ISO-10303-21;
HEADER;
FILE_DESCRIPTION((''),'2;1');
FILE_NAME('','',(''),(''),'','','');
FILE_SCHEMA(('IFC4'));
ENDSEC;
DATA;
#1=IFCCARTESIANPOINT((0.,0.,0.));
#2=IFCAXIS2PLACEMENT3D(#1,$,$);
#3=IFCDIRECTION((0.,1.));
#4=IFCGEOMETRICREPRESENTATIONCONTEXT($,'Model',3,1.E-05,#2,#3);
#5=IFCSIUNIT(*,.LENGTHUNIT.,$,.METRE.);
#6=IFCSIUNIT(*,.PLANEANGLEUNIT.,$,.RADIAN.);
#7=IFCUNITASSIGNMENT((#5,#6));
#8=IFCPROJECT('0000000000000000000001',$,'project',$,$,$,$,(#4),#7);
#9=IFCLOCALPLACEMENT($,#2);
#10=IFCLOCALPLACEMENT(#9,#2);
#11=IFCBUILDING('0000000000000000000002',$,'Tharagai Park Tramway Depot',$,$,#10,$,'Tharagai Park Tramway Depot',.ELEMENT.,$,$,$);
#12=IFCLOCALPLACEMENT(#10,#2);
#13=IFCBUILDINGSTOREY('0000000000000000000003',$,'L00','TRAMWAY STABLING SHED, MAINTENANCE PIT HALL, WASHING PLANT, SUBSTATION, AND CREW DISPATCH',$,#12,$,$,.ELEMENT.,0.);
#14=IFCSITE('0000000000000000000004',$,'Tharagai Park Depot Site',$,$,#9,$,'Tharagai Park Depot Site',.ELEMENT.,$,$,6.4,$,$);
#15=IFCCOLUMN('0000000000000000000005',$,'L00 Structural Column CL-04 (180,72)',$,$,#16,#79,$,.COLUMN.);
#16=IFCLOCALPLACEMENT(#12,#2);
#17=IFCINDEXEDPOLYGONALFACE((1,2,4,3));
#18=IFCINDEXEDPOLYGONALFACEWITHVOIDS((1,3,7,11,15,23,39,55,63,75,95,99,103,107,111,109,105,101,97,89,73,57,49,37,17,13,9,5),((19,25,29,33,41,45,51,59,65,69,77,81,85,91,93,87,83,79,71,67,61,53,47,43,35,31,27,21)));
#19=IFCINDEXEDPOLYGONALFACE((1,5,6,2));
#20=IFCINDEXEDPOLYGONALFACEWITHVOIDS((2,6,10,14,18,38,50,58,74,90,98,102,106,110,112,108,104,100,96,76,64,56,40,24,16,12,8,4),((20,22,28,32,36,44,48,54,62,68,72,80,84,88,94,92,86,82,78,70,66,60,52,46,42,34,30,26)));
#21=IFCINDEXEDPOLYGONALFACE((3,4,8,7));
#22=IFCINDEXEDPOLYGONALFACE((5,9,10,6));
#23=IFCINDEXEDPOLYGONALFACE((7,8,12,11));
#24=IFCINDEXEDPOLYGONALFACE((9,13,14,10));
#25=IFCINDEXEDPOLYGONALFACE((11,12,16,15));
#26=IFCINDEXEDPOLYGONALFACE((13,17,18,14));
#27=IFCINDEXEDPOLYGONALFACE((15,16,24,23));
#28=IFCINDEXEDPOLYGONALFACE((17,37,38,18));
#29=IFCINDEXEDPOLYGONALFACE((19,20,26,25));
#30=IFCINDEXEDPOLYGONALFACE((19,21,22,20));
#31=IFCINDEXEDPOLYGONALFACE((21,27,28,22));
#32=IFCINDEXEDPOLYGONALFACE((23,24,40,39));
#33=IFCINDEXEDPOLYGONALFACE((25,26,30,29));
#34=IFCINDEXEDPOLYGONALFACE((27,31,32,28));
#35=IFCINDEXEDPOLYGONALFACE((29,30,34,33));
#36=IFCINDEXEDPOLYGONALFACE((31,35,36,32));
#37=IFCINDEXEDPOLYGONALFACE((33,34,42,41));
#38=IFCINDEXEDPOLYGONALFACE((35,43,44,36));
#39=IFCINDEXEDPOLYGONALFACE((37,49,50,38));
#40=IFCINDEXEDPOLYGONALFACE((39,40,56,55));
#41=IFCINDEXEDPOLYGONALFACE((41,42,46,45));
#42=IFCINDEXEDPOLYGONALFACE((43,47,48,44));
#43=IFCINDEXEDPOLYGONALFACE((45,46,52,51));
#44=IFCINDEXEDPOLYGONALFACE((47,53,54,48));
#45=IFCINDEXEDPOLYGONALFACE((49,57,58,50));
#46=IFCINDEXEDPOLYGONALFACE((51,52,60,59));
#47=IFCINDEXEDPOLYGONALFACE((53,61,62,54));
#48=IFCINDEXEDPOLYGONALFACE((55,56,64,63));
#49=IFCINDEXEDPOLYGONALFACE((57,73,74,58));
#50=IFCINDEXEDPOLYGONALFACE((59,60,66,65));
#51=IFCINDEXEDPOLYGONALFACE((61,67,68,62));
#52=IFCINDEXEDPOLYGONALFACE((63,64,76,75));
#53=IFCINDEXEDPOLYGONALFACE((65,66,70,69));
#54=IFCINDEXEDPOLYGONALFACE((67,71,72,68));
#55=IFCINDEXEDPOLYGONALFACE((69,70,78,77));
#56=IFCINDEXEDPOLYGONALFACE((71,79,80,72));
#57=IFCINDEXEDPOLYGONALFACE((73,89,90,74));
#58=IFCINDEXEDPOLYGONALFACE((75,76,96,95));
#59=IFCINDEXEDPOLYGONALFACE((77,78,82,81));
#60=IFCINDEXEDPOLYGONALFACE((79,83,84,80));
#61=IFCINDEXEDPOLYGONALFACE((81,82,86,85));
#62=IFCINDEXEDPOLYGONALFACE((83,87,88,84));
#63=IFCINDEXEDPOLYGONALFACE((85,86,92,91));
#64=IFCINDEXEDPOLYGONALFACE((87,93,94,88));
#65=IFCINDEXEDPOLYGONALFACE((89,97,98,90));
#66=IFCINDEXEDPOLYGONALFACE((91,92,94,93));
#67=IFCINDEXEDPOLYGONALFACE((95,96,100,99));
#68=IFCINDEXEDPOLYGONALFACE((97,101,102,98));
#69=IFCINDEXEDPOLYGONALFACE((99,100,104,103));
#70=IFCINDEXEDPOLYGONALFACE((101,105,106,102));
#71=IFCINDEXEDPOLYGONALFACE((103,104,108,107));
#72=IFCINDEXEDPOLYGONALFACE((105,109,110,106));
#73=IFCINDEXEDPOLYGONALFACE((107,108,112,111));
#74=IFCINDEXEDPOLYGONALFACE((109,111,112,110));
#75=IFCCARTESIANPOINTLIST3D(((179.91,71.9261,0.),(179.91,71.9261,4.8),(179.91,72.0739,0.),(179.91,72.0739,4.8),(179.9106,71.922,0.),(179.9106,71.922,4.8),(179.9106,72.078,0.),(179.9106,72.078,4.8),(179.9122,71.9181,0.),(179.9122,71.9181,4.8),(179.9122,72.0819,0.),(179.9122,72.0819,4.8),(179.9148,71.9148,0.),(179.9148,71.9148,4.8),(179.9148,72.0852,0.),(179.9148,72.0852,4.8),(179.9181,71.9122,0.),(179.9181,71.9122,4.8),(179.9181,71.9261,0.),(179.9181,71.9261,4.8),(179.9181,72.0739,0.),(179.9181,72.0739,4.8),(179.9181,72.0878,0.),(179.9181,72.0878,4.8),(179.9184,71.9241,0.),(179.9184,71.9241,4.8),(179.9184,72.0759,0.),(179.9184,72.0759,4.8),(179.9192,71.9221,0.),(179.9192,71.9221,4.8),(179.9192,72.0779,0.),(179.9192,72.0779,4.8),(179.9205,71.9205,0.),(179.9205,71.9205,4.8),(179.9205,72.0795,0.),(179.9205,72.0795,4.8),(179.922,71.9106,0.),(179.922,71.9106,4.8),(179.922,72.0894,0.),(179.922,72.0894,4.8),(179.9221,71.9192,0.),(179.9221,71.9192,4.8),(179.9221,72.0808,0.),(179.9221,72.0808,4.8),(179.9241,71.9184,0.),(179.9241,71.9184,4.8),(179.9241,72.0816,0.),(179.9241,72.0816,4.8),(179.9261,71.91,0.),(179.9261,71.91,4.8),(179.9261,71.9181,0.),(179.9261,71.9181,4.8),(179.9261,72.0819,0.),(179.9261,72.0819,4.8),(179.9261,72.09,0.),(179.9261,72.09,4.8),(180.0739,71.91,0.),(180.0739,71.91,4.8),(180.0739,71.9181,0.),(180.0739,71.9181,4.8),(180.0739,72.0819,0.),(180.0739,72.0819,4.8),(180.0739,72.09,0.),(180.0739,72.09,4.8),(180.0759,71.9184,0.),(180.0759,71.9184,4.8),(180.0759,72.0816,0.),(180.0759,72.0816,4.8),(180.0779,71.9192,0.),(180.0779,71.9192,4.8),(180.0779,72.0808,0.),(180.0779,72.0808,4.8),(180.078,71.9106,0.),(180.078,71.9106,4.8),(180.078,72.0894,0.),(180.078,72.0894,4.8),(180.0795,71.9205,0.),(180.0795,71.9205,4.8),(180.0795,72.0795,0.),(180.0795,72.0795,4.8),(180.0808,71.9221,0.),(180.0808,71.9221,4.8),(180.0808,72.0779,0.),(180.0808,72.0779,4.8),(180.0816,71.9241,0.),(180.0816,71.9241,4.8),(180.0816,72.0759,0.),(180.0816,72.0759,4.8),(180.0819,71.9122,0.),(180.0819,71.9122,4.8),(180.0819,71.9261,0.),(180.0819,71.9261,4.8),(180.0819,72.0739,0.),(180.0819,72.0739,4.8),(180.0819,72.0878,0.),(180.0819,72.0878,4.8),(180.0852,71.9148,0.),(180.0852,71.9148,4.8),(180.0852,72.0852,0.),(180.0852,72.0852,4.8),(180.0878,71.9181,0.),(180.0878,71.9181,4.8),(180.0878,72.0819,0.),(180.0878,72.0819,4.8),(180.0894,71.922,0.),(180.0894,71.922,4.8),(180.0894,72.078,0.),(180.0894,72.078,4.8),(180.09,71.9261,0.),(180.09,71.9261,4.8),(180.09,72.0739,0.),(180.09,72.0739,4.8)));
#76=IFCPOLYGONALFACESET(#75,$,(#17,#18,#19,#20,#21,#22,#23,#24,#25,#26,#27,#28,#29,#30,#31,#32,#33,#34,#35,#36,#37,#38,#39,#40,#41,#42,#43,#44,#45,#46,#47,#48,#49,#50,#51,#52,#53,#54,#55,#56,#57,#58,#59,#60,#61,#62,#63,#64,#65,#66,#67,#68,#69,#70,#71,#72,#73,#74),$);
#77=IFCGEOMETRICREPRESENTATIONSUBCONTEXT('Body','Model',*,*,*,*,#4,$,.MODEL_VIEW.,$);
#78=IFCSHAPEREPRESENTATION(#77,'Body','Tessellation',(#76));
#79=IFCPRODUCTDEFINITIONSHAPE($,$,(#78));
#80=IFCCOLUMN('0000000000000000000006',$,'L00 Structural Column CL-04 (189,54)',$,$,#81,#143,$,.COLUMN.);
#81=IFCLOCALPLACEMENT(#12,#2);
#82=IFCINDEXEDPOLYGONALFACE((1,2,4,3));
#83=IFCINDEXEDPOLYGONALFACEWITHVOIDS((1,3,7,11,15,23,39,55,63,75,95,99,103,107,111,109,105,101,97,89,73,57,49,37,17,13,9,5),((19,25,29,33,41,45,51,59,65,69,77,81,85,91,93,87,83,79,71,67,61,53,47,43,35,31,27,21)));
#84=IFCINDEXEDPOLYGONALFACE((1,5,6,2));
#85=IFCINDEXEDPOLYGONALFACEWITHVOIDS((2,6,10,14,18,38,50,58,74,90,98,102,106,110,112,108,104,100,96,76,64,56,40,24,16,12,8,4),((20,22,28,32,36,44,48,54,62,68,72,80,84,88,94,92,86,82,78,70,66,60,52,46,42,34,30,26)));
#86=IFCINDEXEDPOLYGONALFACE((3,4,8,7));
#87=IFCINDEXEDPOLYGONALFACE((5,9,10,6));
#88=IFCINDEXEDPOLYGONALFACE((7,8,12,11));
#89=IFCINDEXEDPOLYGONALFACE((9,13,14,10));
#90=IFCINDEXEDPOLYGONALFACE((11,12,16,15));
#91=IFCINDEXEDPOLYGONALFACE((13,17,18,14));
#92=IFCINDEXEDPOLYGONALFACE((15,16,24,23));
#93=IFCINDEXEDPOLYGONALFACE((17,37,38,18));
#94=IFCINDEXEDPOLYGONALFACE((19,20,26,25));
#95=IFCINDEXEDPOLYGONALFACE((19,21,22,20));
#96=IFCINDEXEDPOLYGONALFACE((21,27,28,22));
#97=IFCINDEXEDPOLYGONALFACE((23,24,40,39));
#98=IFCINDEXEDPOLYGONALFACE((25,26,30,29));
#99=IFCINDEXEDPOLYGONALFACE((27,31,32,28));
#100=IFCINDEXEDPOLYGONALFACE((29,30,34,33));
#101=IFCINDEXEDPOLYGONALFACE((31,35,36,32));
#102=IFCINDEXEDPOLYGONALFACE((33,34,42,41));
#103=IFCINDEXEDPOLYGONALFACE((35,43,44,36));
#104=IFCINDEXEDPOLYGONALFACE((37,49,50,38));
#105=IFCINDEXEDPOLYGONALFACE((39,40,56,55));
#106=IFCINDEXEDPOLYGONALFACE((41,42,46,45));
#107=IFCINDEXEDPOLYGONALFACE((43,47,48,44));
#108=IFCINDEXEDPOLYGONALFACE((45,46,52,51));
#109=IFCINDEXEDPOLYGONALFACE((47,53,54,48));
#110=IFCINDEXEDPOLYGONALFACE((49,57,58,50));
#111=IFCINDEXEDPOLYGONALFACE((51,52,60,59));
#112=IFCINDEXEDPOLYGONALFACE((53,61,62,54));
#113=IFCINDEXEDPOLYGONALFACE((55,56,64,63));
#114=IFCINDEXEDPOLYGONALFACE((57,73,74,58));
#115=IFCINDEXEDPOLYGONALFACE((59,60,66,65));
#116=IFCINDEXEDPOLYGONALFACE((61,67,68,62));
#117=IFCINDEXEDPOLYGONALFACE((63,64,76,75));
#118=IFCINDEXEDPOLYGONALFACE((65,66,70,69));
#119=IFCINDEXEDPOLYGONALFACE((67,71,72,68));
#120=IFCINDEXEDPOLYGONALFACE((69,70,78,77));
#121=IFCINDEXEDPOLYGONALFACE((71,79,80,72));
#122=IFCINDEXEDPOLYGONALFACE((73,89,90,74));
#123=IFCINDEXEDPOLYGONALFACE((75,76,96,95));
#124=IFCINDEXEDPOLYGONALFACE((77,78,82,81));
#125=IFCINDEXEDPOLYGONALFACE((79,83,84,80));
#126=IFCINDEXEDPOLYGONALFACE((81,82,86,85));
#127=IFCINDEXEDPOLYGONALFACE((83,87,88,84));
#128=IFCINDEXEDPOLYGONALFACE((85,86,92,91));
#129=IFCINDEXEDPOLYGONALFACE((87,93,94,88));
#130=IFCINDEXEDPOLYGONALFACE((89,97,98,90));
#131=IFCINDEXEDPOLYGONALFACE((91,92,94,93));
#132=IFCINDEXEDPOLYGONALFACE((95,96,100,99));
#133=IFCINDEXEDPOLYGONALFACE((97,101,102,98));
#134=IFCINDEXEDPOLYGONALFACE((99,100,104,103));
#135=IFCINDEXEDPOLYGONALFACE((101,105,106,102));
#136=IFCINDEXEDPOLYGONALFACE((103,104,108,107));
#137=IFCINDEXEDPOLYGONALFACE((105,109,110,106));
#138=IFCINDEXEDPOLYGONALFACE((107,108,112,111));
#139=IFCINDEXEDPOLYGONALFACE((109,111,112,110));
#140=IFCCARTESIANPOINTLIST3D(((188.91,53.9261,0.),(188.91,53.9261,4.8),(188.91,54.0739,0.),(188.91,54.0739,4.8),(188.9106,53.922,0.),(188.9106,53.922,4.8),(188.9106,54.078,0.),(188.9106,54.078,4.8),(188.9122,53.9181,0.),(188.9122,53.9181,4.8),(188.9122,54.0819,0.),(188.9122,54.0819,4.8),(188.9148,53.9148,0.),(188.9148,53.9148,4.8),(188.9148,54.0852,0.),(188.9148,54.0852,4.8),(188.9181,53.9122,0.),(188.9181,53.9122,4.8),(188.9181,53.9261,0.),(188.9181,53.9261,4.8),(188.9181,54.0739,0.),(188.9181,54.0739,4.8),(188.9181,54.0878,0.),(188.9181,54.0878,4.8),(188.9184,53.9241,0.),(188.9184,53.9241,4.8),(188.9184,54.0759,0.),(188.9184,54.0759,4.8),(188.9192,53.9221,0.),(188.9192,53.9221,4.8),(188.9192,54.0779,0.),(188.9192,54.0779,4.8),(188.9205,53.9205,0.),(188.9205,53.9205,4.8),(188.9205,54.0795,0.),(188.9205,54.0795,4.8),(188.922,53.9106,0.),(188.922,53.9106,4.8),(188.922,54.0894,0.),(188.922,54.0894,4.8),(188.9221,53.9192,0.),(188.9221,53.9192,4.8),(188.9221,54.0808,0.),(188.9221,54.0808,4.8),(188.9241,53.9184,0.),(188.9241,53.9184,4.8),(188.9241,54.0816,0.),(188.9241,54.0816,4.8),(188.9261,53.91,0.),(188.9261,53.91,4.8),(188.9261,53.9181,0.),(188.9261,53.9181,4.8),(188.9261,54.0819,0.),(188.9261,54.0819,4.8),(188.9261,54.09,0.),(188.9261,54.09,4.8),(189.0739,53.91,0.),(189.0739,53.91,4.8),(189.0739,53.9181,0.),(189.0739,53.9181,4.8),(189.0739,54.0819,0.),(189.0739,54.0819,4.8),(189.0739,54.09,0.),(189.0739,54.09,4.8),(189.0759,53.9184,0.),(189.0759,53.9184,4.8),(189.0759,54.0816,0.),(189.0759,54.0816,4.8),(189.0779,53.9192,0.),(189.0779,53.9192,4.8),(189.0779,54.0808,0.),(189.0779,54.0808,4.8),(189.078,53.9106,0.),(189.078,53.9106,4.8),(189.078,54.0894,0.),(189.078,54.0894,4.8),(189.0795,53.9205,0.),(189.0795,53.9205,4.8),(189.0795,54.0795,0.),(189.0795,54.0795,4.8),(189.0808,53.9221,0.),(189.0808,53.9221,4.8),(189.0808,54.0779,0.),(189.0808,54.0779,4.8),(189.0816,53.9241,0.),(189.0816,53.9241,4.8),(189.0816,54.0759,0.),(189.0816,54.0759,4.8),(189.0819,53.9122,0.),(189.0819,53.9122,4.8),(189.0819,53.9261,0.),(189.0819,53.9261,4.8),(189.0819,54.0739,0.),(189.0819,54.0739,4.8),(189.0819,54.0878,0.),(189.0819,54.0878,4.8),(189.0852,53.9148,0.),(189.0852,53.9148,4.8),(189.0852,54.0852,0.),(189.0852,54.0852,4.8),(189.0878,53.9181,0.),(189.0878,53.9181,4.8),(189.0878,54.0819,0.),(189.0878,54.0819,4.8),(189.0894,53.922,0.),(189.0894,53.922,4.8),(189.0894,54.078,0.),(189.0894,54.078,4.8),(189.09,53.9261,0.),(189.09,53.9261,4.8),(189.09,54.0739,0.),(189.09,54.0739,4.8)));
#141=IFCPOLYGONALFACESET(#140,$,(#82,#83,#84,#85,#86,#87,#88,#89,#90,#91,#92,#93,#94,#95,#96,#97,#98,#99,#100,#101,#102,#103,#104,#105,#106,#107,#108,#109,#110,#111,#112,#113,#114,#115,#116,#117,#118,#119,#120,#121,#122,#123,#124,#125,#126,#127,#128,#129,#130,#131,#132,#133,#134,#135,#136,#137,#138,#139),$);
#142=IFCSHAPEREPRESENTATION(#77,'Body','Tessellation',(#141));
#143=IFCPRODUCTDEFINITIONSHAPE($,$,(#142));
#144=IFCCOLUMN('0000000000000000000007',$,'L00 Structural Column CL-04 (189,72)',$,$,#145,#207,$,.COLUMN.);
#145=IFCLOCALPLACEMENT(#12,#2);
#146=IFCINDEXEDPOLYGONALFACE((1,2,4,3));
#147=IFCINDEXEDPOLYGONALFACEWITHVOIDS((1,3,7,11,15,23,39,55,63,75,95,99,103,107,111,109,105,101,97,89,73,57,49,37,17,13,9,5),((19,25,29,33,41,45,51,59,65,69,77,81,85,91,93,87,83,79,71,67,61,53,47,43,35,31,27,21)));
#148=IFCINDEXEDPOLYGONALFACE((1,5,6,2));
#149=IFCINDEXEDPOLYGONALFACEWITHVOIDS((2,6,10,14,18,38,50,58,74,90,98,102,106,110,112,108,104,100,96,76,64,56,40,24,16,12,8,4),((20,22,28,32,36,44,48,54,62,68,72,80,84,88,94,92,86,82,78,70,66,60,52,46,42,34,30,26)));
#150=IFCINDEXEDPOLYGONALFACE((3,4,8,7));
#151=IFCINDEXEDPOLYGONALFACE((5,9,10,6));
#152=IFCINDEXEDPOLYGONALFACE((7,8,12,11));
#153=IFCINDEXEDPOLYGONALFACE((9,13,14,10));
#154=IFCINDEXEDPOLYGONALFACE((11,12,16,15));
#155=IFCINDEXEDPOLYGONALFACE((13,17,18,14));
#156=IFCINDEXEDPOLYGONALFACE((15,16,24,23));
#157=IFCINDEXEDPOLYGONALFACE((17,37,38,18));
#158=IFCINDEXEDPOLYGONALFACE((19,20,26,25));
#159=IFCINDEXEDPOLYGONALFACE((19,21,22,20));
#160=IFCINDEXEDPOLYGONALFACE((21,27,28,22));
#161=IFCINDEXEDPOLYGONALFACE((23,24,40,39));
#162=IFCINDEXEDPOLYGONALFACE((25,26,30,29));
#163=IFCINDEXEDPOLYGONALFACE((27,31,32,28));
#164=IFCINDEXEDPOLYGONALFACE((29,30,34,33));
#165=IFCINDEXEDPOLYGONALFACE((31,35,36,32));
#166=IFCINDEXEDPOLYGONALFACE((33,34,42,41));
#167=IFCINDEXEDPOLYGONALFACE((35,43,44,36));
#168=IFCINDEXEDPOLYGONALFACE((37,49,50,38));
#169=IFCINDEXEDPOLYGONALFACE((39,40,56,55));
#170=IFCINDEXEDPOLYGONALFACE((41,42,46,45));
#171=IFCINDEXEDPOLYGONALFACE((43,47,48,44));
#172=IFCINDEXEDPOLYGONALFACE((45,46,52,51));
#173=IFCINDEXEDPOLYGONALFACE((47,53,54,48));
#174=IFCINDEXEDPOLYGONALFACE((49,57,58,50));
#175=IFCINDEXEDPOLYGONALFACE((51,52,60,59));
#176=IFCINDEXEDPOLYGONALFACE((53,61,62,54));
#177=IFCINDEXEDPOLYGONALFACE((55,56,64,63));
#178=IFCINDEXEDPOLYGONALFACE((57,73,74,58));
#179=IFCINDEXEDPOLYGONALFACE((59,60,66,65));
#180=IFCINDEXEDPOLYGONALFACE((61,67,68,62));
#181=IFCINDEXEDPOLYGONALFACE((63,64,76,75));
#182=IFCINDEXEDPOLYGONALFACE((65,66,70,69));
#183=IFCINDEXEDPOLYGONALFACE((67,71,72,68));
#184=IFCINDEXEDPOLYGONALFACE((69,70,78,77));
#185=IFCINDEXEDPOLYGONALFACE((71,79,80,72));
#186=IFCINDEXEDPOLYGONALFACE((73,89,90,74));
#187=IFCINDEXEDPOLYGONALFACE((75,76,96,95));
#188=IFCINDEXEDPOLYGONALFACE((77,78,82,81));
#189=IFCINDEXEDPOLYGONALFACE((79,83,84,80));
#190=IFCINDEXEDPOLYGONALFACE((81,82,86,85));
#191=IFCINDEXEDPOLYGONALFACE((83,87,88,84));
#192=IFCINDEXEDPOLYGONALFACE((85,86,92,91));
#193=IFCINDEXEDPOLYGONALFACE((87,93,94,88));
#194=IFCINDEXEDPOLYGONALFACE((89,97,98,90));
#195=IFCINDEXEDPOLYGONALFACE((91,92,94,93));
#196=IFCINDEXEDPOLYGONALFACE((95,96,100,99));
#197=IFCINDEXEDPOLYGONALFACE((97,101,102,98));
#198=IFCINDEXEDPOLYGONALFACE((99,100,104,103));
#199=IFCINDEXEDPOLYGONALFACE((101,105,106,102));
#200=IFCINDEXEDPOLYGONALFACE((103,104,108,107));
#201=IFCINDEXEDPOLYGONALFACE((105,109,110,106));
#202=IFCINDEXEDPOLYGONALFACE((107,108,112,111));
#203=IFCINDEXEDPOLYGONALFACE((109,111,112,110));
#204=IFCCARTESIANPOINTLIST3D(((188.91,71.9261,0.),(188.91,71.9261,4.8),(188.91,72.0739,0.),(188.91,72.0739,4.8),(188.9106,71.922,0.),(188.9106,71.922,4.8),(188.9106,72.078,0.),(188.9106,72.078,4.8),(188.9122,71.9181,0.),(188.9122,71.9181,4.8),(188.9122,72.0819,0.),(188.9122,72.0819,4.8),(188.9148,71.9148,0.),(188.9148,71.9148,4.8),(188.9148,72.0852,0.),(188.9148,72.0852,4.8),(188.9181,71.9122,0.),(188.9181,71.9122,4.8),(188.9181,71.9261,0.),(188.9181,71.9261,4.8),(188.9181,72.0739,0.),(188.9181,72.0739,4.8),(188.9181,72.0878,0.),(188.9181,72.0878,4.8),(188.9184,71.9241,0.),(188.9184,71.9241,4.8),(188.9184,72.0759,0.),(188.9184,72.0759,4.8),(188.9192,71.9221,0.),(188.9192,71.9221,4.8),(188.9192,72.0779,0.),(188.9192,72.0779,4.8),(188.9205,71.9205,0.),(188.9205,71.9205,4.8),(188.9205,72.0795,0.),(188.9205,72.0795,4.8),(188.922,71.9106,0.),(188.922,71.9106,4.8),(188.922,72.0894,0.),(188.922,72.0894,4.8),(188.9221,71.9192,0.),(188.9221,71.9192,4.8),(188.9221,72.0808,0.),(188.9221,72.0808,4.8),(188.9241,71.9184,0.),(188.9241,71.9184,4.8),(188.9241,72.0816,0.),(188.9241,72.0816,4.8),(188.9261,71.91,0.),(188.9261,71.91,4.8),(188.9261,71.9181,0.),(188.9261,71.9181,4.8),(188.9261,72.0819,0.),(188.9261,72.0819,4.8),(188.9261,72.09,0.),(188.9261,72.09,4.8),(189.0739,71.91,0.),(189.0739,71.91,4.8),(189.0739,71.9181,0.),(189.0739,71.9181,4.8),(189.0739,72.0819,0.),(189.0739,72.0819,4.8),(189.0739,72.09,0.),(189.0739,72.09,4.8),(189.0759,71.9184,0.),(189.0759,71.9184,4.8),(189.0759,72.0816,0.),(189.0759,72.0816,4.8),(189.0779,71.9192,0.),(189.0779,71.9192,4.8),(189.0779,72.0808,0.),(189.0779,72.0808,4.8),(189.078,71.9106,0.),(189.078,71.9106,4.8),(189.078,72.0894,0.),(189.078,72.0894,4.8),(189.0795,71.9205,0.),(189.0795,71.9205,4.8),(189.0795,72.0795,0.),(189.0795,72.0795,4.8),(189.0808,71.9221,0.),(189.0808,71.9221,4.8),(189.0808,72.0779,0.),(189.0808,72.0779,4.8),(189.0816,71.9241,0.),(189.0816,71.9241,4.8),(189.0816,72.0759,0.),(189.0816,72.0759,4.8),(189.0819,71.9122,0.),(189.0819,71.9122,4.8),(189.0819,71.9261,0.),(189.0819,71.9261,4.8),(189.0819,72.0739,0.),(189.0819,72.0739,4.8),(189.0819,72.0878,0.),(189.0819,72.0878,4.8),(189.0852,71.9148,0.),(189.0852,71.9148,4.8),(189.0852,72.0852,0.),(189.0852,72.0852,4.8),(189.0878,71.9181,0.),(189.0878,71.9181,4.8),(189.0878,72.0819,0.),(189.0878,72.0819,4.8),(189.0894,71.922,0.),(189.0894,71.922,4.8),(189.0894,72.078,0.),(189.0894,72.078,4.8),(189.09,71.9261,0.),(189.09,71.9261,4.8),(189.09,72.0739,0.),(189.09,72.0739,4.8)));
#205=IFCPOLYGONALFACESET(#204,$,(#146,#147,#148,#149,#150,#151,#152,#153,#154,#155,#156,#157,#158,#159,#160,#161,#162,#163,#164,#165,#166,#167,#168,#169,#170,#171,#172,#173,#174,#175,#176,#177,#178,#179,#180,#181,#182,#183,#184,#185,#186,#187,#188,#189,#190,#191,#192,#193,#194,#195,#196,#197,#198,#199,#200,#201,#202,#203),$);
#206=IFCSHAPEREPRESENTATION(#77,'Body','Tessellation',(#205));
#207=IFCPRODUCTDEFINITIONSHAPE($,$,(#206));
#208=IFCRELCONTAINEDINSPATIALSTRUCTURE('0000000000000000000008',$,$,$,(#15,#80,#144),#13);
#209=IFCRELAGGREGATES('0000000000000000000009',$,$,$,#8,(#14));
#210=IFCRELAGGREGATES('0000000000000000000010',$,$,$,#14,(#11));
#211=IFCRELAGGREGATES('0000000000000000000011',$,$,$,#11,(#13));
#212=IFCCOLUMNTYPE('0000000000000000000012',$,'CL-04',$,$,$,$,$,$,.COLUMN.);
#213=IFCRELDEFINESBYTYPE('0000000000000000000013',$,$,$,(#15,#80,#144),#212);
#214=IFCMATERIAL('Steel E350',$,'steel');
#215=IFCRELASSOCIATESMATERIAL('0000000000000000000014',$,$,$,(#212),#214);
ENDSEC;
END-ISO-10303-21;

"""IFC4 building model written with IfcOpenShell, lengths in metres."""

from ifc_helpers import new_model, si_unit, direction, frame, origin, origin_2d, place, context, subcontext, project, spatial, hollow_rectangle, extrude, material, material_profile, profile_set, type_object, element, save


model = new_model("IFC4")

# Units and contexts
model_context = context("Model", 3, precision=1e-05, world=origin(), true_north=direction((0.0, 1.0)))
body_context = subcontext(model_context, "Body", "Model", "MODEL_VIEW")
ifc_project = project(units=[si_unit("LENGTHUNIT", "METRE"), si_unit("PLANEANGLEUNIT", "RADIAN")], contexts=[model_context])

# Site, building, storey
site_placement = place(None, origin())
site = spatial("IfcSite", under=ifc_project, at=site_placement, Name="Tharagai Park Depot Site", LongName="Tharagai Park Depot Site", CompositionType="ELEMENT", RefElevation=6.4)
building_placement = place(site_placement, origin())
building = spatial("IfcBuilding", under=site, at=building_placement, Name="Tharagai Park Tramway Depot", LongName="Tharagai Park Tramway Depot", CompositionType="ELEMENT")
storey_placement = place(building_placement, origin())
storey = spatial("IfcBuildingStorey", under=building, at=storey_placement, Name="L00", Description="TRAMWAY STABLING SHED, MAINTENANCE PIT HALL, WASHING PLANT, SUBSTATION, AND CREW DISPATCH", CompositionType="ELEMENT", Elevation=0.0)

# Columns
ifc_material_1 = material(Name="Steel E350", Category="steel")
ifc_material_profile_1 = material_profile(ifc_material_1, hollow_rectangle(XDim=0.1799, YDim=0.1799, WallThickness=0.0081, InnerFilletRadius=0.0081, OuterFilletRadius=0.0161, at=origin_2d()), Name="SHS 180x180x8")
ifc_profile_set_1 = profile_set([ifc_material_profile_1], Name="Steel E350")
column_type_1 = type_object("IfcColumnType", Name="CL-04", PredefinedType="COLUMN", material=ifc_profile_set_1)
for number, where, z_axis, x_axis, name in (
    (1, (180.0, 72.0, 0.0), (0.0, 0.0, 1.0), (1.0, 0.0, 0.0), "L00 Structural Column CL-04 (180,72)"),
    (2, (189.0, 54.0, 0.0), (0.0, 0.0, 1.0), (1.0, 0.0, 0.0), "L00 Structural Column CL-04 (189,54)"),
    (3, (189.0, 72.0, 0.0), (0.0, 0.0, 1.0), (1.0, 0.0, 0.0), "L00 Structural Column CL-04 (189,72)"),
):
    element("IfcColumn", number, at=place(storey_placement, frame(where, z_axis=z_axis, x_axis=x_axis)), inside=storey, type_object=column_type_1, Name=name, PredefinedType="COLUMN", context=body_context, shape_type="SweptSolid", body=[
        extrude(hollow_rectangle(XDim=0.1799, YDim=0.1799, WallThickness=0.0081, InnerFilletRadius=0.0081, OuterFilletRadius=0.0161, at=origin_2d()), origin(), (0.0, 0.0, 1.0), 4.8),
    ])

save(model, "model.ifc")
